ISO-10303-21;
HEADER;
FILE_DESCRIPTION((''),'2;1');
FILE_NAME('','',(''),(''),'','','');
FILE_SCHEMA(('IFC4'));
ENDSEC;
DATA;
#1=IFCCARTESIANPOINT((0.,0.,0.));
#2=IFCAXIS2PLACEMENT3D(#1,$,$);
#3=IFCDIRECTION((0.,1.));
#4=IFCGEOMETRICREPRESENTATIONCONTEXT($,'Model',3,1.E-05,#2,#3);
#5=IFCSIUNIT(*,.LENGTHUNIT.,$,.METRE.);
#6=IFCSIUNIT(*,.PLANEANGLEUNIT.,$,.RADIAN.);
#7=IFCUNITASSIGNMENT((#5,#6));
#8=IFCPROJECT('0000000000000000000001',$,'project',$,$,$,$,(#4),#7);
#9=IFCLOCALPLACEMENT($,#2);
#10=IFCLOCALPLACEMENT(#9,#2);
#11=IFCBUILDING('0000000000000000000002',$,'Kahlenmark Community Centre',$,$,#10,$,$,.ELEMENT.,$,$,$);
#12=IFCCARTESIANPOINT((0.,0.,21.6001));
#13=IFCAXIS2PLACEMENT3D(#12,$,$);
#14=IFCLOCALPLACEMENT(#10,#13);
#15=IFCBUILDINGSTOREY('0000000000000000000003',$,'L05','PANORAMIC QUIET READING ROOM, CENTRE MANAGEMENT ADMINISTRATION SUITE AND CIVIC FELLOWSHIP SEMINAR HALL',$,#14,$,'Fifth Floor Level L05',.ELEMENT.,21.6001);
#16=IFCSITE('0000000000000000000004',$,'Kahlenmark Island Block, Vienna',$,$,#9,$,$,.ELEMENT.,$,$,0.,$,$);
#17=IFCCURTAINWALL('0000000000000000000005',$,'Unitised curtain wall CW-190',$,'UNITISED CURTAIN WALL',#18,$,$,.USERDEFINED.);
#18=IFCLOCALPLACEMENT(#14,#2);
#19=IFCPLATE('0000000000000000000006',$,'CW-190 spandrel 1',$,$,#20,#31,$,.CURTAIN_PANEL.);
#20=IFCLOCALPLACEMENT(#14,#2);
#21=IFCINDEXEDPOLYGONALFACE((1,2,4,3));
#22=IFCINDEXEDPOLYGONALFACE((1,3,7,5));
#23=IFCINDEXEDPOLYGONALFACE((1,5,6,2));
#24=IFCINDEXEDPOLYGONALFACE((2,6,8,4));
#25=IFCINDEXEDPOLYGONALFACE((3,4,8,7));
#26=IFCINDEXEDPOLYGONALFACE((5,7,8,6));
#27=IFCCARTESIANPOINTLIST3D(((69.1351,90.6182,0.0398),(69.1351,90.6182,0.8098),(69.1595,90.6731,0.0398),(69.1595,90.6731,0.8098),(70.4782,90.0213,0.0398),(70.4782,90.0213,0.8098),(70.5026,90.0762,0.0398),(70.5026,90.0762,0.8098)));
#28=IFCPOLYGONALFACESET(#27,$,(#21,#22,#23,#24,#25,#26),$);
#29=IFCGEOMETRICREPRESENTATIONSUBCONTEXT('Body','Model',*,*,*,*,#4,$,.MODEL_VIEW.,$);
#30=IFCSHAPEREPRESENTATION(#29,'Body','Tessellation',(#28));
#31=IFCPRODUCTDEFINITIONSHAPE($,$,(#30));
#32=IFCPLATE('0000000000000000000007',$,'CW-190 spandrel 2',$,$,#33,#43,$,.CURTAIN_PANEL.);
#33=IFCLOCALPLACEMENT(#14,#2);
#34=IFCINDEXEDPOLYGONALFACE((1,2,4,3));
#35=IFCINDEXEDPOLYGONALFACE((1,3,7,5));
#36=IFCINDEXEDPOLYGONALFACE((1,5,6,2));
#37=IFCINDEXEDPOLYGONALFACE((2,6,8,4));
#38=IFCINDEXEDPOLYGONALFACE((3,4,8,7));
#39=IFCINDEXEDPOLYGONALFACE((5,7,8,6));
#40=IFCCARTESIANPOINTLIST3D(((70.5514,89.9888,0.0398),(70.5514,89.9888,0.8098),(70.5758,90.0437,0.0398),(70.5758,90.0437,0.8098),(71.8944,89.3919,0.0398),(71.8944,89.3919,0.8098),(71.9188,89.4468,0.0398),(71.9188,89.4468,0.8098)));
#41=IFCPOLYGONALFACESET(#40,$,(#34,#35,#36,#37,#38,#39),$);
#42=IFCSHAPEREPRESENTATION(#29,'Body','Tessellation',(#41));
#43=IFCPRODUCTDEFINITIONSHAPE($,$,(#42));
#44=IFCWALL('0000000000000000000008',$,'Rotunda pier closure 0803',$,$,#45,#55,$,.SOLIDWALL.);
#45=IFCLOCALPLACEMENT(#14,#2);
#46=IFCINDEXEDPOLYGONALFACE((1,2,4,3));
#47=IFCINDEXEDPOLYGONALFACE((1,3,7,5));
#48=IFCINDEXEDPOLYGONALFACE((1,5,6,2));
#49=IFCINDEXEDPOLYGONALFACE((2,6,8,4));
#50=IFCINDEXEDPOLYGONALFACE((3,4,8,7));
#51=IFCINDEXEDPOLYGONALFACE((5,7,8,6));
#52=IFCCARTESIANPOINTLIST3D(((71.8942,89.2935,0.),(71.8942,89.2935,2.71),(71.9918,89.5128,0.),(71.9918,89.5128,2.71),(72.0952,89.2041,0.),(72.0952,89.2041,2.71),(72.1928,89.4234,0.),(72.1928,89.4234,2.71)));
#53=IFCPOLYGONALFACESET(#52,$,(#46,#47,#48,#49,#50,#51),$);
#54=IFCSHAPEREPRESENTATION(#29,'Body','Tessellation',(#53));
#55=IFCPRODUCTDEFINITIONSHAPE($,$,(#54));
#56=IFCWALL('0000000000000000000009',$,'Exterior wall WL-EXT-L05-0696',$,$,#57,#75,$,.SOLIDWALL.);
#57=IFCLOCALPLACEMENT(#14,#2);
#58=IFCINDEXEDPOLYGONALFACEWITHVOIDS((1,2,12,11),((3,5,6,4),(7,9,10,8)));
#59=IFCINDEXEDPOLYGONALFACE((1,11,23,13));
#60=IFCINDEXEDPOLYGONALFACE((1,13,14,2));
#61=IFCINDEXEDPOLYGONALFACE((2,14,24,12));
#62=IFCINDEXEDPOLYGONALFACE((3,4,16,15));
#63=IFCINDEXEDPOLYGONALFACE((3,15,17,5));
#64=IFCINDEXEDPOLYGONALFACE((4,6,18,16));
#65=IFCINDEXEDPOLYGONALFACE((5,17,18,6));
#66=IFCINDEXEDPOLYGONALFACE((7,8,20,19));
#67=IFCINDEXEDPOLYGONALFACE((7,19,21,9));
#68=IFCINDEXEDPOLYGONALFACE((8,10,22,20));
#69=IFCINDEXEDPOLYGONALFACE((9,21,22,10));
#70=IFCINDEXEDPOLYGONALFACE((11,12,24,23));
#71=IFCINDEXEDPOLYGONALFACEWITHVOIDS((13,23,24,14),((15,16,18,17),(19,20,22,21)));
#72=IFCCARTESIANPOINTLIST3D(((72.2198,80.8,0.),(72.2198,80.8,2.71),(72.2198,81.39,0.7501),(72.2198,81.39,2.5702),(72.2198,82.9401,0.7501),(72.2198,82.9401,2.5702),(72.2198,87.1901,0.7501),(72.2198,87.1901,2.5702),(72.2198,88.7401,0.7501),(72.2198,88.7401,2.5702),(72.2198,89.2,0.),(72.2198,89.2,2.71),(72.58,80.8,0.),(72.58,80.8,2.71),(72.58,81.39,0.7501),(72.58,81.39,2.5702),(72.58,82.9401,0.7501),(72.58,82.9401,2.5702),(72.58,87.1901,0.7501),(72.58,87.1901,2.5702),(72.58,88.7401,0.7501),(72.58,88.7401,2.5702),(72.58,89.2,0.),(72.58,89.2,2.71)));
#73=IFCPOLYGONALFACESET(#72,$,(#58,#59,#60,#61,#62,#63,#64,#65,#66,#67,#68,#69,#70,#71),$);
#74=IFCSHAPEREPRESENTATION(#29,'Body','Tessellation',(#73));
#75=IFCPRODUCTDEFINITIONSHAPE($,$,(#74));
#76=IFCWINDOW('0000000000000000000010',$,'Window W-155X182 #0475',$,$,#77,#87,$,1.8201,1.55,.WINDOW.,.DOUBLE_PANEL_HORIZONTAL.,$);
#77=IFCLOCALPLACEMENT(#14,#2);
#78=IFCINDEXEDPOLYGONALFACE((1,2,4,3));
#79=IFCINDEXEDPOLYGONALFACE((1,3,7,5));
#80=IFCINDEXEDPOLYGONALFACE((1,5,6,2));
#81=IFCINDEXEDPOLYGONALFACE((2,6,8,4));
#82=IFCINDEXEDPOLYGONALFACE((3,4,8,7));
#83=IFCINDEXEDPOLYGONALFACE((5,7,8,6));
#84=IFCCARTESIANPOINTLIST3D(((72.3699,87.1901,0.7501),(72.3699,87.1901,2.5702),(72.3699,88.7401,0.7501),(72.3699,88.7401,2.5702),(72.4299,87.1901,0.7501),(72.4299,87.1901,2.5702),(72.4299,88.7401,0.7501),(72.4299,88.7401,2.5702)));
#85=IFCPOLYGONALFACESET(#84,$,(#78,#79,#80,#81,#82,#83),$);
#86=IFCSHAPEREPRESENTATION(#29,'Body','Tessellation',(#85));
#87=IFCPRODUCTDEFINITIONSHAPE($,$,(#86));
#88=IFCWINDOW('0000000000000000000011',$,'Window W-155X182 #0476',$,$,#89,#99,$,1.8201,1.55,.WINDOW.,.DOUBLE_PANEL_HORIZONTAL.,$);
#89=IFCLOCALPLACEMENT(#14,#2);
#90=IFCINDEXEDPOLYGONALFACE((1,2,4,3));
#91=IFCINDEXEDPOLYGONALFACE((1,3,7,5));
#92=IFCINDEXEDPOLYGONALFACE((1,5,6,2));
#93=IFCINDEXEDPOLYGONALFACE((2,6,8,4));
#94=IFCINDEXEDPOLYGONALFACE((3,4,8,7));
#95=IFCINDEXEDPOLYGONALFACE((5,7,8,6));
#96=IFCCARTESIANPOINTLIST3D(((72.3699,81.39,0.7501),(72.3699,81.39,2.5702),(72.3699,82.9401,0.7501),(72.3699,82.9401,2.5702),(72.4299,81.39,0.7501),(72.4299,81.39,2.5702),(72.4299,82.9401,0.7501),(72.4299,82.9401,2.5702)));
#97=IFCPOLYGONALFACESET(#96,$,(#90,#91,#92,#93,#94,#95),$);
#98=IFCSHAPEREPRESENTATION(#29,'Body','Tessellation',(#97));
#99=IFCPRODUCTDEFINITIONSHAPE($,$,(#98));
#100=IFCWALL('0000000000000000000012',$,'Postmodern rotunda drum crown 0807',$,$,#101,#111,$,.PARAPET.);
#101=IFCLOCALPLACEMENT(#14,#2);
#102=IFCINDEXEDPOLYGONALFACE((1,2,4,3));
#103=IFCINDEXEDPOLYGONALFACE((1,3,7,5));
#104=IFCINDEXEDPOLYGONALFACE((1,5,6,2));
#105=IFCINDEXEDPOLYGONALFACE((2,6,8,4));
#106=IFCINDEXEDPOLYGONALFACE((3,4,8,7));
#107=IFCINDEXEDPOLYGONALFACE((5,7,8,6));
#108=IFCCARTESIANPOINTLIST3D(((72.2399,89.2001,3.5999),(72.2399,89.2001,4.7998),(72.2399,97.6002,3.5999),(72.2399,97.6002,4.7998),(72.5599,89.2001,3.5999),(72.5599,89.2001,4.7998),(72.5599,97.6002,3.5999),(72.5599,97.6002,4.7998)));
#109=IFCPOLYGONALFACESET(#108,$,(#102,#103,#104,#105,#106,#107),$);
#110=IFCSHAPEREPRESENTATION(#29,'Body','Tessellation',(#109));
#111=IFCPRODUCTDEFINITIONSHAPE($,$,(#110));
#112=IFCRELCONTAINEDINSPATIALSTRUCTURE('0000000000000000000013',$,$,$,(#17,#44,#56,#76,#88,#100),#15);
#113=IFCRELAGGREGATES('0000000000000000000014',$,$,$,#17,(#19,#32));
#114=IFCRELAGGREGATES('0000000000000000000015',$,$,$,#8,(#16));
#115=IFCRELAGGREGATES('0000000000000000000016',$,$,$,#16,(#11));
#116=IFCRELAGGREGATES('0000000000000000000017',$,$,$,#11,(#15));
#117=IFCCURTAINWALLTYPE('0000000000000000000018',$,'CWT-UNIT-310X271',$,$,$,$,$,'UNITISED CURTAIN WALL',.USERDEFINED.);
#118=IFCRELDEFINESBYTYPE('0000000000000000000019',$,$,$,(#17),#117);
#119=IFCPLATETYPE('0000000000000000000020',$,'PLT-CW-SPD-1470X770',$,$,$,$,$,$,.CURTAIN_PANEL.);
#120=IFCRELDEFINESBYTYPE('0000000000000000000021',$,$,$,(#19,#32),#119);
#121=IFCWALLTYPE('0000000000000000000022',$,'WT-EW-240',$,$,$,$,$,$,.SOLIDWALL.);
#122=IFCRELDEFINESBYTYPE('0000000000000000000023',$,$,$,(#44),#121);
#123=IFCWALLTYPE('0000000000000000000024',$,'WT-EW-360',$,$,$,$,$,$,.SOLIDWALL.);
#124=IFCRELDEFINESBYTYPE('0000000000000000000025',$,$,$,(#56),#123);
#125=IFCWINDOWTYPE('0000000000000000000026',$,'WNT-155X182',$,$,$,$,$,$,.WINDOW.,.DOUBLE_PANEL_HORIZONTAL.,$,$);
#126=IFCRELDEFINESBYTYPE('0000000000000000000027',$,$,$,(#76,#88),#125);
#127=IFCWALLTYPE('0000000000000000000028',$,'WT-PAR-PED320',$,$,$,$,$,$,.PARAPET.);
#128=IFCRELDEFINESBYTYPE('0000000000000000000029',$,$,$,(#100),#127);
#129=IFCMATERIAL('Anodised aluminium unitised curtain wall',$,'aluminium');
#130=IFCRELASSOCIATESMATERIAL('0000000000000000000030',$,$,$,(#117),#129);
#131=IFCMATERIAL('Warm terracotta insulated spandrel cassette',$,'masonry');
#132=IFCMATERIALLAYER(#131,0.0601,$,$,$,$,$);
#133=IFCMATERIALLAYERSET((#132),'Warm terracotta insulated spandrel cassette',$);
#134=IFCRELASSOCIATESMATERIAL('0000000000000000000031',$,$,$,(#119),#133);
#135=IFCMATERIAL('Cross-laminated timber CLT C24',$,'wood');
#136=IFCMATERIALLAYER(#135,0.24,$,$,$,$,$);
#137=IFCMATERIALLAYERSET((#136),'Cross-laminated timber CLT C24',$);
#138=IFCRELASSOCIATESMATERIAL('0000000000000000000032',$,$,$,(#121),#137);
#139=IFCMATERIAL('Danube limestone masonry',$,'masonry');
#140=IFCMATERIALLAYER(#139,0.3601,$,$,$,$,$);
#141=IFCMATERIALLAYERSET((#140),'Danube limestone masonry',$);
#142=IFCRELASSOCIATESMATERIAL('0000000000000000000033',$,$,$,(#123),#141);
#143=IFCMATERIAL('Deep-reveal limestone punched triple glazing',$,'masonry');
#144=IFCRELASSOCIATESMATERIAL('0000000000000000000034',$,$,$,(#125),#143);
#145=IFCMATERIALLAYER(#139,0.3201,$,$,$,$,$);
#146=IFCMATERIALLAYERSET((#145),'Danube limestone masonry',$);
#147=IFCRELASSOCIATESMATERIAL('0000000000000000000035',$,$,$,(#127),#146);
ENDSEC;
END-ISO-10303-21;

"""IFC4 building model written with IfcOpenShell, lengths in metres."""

from ifc_helpers import new_model, si_unit, direction, frame, frame_2d, origin, origin_2d, place, context, subcontext, project, spatial, rectangle, extrude, material, layer, layer_set, type_object, element, fill, aggregate, save


model = new_model("IFC4")

# Units and contexts
model_context = context("Model", 3, precision=1e-05, world=origin(), true_north=direction((0.0, 1.0)))
body_context = subcontext(model_context, "Body", "Model", "MODEL_VIEW")
ifc_project = project(units=[si_unit("LENGTHUNIT", "METRE"), si_unit("PLANEANGLEUNIT", "RADIAN")], contexts=[model_context])

# Site, building, storey
site_placement = place(None, origin())
site = spatial("IfcSite", under=ifc_project, at=site_placement, Name="Kahlenmark Island Block, Vienna", CompositionType="ELEMENT", RefElevation=0.0)
building_placement = place(site_placement, origin())
building = spatial("IfcBuilding", under=site, at=building_placement, Name="Kahlenmark Community Centre", CompositionType="ELEMENT")
storey_placement = place(building_placement, frame((0.0, 0.0, 21.6001)))
storey = spatial("IfcBuildingStorey", under=building, at=storey_placement, Name="L05", Description="PANORAMIC QUIET READING ROOM, CENTRE MANAGEMENT ADMINISTRATION SUITE AND CIVIC FELLOWSHIP SEMINAR HALL", LongName="Fifth Floor Level L05", CompositionType="ELEMENT", Elevation=21.6001)

# Curtain wall, plates
ifc_material_1 = material(Name="Anodised aluminium unitised curtain wall", Category="aluminium")
curtain_wall_type = type_object("IfcCurtainWallType", Name="CWT-UNIT-310X271", ElementType="UNITISED CURTAIN WALL", PredefinedType="USERDEFINED", material=ifc_material_1)
curtain_wall_placement = place(storey_placement, origin())
curtain_wall = element("IfcCurtainWall", 1, at=curtain_wall_placement, inside=storey, type_object=curtain_wall_type, Name="Unitised curtain wall CW-190", ObjectType="UNITISED CURTAIN WALL", PredefinedType="USERDEFINED")
ifc_material_2 = material(Name="Warm terracotta insulated spandrel cassette", Category="masonry")
ifc_layer_1 = layer(ifc_material_2, 0.0601)
ifc_layer_set_1 = layer_set([ifc_layer_1], Name="Warm terracotta insulated spandrel cassette")
plate_type_1 = type_object("IfcPlateType", Name="PLT-CW-SPD-1470X770", PredefinedType="CURTAIN_PANEL", material=ifc_layer_set_1)
plate_1_placement = place(storey_placement, frame((69.8188, 90.3472, 0.0398), z_axis=(0.0, 0.0, 1.0), x_axis=(0.913817, -0.406126, 0.0)))
plate_1 = element("IfcPlate", 2, at=plate_1_placement, type_object=plate_type_1, Name="CW-190 spandrel 1", PredefinedType="CURTAIN_PANEL", context=body_context, shape_type="SweptSolid", body=[
    extrude(rectangle(XDim=1.4697, YDim=0.0601, at=origin_2d()), origin(), (0.0, 0.0, 1.0), 0.77),
])
plate_2_placement = place(storey_placement, frame((71.2351, 89.7178, 0.0398), z_axis=(0.0, 0.0, 1.0), x_axis=(0.913817, -0.406126, 0.0)))
plate_2 = element("IfcPlate", 3, at=plate_2_placement, type_object=plate_type_1, Name="CW-190 spandrel 2", PredefinedType="CURTAIN_PANEL", context=body_context, shape_type="SweptSolid", body=[
    extrude(rectangle(XDim=1.4697, YDim=0.0601, at=origin_2d()), origin(), (0.0, 0.0, 1.0), 0.77),
])
aggregate(curtain_wall, [plate_1, plate_2])

# Wall
ifc_material_3 = material(Name="Cross-laminated timber CLT C24", Category="wood")
ifc_layer_2 = layer(ifc_material_3, 0.24)
ifc_layer_set_2 = layer_set([ifc_layer_2], Name="Cross-laminated timber CLT C24")
wall_type_1 = type_object("IfcWallType", Name="WT-EW-240", PredefinedType="SOLIDWALL", material=ifc_layer_set_2)
wall_1_placement = place(storey_placement, frame((71.9431, 89.4031, 0.0), z_axis=(0.0, 0.0, 1.0), x_axis=(0.91372, -0.406344, 0.0)))
element("IfcWall", 4, at=wall_1_placement, inside=storey, type_object=wall_type_1, Name="Rotunda pier closure 0803", PredefinedType="SOLIDWALL", context=body_context, shape_type="SweptSolid", body=[
    extrude(rectangle(XDim=0.22, YDim=0.24, at=frame_2d((0.1099, 0.0))), origin(), (0.0, 0.0, 1.0), 2.71),
])

# Wall, openings, windows
ifc_material_4 = material(Name="Danube limestone masonry", Category="masonry")
ifc_layer_3 = layer(ifc_material_4, 0.3601)
ifc_layer_set_3 = layer_set([ifc_layer_3], Name="Danube limestone masonry")
wall_type_2 = type_object("IfcWallType", Name="WT-EW-360", PredefinedType="SOLIDWALL", material=ifc_layer_set_3)
wall_2_placement = place(storey_placement, frame((72.3999, 89.2, 0.0), z_axis=(0.0, 0.0, 1.0), x_axis=(0.0, -1.0, 0.0)))
wall_2 = element("IfcWall", 5, at=wall_2_placement, inside=storey, type_object=wall_type_2, Name="Exterior wall WL-EXT-L05-0696", PredefinedType="SOLIDWALL", context=body_context, shape_type="SweptSolid", body=[
    extrude(rectangle(XDim=8.3999, YDim=0.3601, at=frame_2d((4.2, 0.0))), origin(), (0.0, 0.0, 1.0), 2.71),
])
opening_1_placement = place(wall_2_placement, frame((0.46, 0.0, 0.75)))
opening_1 = element("IfcOpeningElement", 6, at=opening_1_placement, cuts=wall_2, PredefinedType="OPENING", context=body_context, shape_type="SweptSolid", body=[
    extrude(rectangle(XDim=1.55, YDim=1.8201, at=frame_2d((0.7749, 0.9102))), frame((0.0, 0.1899, 0.0), z_axis=(0.0, -1.0, 0.0), x_axis=(1.0, 0.0, 0.0)), (0.0, 0.0, 1.0), 0.3801),
])
opening_2_placement = place(wall_2_placement, frame((6.26, 0.0, 0.75)))
opening_2 = element("IfcOpeningElement", 7, at=opening_2_placement, cuts=wall_2, PredefinedType="OPENING", context=body_context, shape_type="SweptSolid", body=[
    extrude(rectangle(XDim=1.55, YDim=1.8201, at=frame_2d((0.7749, 0.9102))), frame((0.0, 0.1899, 0.0), z_axis=(0.0, -1.0, 0.0), x_axis=(1.0, 0.0, 0.0)), (0.0, 0.0, 1.0), 0.3801),
])
ifc_material_5 = material(Name="Deep-reveal limestone punched triple glazing", Category="masonry")
window_type = type_object("IfcWindowType", Name="WNT-155X182", PartitioningType="DOUBLE_PANEL_HORIZONTAL", PredefinedType="WINDOW", material=ifc_material_5)
window_1_placement = place(opening_1_placement, origin())
window_1 = element("IfcWindow", 8, at=window_1_placement, inside=storey, type_object=window_type, Name="Window W-155X182 #0475", OverallHeight=1.8201, OverallWidth=1.55, PartitioningType="DOUBLE_PANEL_HORIZONTAL", PredefinedType="WINDOW", context=body_context, shape_type="SweptSolid", body=[
    extrude(rectangle(XDim=1.55, YDim=1.8201, at=frame_2d((0.7749, 0.9102))), frame((0.0, 0.03, 0.0), z_axis=(0.0, -1.0, 0.0), x_axis=(1.0, 0.0, 0.0)), (0.0, 0.0, 1.0), 0.0601),
])
fill(opening_1, window_1)
window_2_placement = place(opening_2_placement, origin())
window_2 = element("IfcWindow", 9, at=window_2_placement, inside=storey, type_object=window_type, Name="Window W-155X182 #0476", OverallHeight=1.8201, OverallWidth=1.55, PartitioningType="DOUBLE_PANEL_HORIZONTAL", PredefinedType="WINDOW", context=body_context, shape_type="SweptSolid", body=[
    extrude(rectangle(XDim=1.55, YDim=1.8201, at=frame_2d((0.7749, 0.9102))), frame((0.0, 0.03, 0.0), z_axis=(0.0, -1.0, 0.0), x_axis=(1.0, 0.0, 0.0)), (0.0, 0.0, 1.0), 0.0601),
])
fill(opening_2, window_2)

# Wall
ifc_layer_4 = layer(ifc_material_4, 0.3201)
ifc_layer_set_4 = layer_set([ifc_layer_4], Name="Danube limestone masonry")
wall_type_3 = type_object("IfcWallType", Name="WT-PAR-PED320", PredefinedType="PARAPET", material=ifc_layer_set_4)
wall_3_placement = place(storey_placement, frame((72.3999, 89.2, 3.5999), z_axis=(0.0, 0.0, 1.0), x_axis=(0.0, 1.0, 0.0)))
element("IfcWall", 10, at=wall_3_placement, inside=storey, type_object=wall_type_3, Name="Postmodern rotunda drum crown 0807", PredefinedType="PARAPET", context=body_context, shape_type="SweptSolid", body=[
    extrude(rectangle(XDim=8.4001, YDim=0.3201, at=frame_2d((4.2002, 0.0))), origin(), (0.0, 0.0, 1.0), 1.2),
])

save(model, "model.ifc")
